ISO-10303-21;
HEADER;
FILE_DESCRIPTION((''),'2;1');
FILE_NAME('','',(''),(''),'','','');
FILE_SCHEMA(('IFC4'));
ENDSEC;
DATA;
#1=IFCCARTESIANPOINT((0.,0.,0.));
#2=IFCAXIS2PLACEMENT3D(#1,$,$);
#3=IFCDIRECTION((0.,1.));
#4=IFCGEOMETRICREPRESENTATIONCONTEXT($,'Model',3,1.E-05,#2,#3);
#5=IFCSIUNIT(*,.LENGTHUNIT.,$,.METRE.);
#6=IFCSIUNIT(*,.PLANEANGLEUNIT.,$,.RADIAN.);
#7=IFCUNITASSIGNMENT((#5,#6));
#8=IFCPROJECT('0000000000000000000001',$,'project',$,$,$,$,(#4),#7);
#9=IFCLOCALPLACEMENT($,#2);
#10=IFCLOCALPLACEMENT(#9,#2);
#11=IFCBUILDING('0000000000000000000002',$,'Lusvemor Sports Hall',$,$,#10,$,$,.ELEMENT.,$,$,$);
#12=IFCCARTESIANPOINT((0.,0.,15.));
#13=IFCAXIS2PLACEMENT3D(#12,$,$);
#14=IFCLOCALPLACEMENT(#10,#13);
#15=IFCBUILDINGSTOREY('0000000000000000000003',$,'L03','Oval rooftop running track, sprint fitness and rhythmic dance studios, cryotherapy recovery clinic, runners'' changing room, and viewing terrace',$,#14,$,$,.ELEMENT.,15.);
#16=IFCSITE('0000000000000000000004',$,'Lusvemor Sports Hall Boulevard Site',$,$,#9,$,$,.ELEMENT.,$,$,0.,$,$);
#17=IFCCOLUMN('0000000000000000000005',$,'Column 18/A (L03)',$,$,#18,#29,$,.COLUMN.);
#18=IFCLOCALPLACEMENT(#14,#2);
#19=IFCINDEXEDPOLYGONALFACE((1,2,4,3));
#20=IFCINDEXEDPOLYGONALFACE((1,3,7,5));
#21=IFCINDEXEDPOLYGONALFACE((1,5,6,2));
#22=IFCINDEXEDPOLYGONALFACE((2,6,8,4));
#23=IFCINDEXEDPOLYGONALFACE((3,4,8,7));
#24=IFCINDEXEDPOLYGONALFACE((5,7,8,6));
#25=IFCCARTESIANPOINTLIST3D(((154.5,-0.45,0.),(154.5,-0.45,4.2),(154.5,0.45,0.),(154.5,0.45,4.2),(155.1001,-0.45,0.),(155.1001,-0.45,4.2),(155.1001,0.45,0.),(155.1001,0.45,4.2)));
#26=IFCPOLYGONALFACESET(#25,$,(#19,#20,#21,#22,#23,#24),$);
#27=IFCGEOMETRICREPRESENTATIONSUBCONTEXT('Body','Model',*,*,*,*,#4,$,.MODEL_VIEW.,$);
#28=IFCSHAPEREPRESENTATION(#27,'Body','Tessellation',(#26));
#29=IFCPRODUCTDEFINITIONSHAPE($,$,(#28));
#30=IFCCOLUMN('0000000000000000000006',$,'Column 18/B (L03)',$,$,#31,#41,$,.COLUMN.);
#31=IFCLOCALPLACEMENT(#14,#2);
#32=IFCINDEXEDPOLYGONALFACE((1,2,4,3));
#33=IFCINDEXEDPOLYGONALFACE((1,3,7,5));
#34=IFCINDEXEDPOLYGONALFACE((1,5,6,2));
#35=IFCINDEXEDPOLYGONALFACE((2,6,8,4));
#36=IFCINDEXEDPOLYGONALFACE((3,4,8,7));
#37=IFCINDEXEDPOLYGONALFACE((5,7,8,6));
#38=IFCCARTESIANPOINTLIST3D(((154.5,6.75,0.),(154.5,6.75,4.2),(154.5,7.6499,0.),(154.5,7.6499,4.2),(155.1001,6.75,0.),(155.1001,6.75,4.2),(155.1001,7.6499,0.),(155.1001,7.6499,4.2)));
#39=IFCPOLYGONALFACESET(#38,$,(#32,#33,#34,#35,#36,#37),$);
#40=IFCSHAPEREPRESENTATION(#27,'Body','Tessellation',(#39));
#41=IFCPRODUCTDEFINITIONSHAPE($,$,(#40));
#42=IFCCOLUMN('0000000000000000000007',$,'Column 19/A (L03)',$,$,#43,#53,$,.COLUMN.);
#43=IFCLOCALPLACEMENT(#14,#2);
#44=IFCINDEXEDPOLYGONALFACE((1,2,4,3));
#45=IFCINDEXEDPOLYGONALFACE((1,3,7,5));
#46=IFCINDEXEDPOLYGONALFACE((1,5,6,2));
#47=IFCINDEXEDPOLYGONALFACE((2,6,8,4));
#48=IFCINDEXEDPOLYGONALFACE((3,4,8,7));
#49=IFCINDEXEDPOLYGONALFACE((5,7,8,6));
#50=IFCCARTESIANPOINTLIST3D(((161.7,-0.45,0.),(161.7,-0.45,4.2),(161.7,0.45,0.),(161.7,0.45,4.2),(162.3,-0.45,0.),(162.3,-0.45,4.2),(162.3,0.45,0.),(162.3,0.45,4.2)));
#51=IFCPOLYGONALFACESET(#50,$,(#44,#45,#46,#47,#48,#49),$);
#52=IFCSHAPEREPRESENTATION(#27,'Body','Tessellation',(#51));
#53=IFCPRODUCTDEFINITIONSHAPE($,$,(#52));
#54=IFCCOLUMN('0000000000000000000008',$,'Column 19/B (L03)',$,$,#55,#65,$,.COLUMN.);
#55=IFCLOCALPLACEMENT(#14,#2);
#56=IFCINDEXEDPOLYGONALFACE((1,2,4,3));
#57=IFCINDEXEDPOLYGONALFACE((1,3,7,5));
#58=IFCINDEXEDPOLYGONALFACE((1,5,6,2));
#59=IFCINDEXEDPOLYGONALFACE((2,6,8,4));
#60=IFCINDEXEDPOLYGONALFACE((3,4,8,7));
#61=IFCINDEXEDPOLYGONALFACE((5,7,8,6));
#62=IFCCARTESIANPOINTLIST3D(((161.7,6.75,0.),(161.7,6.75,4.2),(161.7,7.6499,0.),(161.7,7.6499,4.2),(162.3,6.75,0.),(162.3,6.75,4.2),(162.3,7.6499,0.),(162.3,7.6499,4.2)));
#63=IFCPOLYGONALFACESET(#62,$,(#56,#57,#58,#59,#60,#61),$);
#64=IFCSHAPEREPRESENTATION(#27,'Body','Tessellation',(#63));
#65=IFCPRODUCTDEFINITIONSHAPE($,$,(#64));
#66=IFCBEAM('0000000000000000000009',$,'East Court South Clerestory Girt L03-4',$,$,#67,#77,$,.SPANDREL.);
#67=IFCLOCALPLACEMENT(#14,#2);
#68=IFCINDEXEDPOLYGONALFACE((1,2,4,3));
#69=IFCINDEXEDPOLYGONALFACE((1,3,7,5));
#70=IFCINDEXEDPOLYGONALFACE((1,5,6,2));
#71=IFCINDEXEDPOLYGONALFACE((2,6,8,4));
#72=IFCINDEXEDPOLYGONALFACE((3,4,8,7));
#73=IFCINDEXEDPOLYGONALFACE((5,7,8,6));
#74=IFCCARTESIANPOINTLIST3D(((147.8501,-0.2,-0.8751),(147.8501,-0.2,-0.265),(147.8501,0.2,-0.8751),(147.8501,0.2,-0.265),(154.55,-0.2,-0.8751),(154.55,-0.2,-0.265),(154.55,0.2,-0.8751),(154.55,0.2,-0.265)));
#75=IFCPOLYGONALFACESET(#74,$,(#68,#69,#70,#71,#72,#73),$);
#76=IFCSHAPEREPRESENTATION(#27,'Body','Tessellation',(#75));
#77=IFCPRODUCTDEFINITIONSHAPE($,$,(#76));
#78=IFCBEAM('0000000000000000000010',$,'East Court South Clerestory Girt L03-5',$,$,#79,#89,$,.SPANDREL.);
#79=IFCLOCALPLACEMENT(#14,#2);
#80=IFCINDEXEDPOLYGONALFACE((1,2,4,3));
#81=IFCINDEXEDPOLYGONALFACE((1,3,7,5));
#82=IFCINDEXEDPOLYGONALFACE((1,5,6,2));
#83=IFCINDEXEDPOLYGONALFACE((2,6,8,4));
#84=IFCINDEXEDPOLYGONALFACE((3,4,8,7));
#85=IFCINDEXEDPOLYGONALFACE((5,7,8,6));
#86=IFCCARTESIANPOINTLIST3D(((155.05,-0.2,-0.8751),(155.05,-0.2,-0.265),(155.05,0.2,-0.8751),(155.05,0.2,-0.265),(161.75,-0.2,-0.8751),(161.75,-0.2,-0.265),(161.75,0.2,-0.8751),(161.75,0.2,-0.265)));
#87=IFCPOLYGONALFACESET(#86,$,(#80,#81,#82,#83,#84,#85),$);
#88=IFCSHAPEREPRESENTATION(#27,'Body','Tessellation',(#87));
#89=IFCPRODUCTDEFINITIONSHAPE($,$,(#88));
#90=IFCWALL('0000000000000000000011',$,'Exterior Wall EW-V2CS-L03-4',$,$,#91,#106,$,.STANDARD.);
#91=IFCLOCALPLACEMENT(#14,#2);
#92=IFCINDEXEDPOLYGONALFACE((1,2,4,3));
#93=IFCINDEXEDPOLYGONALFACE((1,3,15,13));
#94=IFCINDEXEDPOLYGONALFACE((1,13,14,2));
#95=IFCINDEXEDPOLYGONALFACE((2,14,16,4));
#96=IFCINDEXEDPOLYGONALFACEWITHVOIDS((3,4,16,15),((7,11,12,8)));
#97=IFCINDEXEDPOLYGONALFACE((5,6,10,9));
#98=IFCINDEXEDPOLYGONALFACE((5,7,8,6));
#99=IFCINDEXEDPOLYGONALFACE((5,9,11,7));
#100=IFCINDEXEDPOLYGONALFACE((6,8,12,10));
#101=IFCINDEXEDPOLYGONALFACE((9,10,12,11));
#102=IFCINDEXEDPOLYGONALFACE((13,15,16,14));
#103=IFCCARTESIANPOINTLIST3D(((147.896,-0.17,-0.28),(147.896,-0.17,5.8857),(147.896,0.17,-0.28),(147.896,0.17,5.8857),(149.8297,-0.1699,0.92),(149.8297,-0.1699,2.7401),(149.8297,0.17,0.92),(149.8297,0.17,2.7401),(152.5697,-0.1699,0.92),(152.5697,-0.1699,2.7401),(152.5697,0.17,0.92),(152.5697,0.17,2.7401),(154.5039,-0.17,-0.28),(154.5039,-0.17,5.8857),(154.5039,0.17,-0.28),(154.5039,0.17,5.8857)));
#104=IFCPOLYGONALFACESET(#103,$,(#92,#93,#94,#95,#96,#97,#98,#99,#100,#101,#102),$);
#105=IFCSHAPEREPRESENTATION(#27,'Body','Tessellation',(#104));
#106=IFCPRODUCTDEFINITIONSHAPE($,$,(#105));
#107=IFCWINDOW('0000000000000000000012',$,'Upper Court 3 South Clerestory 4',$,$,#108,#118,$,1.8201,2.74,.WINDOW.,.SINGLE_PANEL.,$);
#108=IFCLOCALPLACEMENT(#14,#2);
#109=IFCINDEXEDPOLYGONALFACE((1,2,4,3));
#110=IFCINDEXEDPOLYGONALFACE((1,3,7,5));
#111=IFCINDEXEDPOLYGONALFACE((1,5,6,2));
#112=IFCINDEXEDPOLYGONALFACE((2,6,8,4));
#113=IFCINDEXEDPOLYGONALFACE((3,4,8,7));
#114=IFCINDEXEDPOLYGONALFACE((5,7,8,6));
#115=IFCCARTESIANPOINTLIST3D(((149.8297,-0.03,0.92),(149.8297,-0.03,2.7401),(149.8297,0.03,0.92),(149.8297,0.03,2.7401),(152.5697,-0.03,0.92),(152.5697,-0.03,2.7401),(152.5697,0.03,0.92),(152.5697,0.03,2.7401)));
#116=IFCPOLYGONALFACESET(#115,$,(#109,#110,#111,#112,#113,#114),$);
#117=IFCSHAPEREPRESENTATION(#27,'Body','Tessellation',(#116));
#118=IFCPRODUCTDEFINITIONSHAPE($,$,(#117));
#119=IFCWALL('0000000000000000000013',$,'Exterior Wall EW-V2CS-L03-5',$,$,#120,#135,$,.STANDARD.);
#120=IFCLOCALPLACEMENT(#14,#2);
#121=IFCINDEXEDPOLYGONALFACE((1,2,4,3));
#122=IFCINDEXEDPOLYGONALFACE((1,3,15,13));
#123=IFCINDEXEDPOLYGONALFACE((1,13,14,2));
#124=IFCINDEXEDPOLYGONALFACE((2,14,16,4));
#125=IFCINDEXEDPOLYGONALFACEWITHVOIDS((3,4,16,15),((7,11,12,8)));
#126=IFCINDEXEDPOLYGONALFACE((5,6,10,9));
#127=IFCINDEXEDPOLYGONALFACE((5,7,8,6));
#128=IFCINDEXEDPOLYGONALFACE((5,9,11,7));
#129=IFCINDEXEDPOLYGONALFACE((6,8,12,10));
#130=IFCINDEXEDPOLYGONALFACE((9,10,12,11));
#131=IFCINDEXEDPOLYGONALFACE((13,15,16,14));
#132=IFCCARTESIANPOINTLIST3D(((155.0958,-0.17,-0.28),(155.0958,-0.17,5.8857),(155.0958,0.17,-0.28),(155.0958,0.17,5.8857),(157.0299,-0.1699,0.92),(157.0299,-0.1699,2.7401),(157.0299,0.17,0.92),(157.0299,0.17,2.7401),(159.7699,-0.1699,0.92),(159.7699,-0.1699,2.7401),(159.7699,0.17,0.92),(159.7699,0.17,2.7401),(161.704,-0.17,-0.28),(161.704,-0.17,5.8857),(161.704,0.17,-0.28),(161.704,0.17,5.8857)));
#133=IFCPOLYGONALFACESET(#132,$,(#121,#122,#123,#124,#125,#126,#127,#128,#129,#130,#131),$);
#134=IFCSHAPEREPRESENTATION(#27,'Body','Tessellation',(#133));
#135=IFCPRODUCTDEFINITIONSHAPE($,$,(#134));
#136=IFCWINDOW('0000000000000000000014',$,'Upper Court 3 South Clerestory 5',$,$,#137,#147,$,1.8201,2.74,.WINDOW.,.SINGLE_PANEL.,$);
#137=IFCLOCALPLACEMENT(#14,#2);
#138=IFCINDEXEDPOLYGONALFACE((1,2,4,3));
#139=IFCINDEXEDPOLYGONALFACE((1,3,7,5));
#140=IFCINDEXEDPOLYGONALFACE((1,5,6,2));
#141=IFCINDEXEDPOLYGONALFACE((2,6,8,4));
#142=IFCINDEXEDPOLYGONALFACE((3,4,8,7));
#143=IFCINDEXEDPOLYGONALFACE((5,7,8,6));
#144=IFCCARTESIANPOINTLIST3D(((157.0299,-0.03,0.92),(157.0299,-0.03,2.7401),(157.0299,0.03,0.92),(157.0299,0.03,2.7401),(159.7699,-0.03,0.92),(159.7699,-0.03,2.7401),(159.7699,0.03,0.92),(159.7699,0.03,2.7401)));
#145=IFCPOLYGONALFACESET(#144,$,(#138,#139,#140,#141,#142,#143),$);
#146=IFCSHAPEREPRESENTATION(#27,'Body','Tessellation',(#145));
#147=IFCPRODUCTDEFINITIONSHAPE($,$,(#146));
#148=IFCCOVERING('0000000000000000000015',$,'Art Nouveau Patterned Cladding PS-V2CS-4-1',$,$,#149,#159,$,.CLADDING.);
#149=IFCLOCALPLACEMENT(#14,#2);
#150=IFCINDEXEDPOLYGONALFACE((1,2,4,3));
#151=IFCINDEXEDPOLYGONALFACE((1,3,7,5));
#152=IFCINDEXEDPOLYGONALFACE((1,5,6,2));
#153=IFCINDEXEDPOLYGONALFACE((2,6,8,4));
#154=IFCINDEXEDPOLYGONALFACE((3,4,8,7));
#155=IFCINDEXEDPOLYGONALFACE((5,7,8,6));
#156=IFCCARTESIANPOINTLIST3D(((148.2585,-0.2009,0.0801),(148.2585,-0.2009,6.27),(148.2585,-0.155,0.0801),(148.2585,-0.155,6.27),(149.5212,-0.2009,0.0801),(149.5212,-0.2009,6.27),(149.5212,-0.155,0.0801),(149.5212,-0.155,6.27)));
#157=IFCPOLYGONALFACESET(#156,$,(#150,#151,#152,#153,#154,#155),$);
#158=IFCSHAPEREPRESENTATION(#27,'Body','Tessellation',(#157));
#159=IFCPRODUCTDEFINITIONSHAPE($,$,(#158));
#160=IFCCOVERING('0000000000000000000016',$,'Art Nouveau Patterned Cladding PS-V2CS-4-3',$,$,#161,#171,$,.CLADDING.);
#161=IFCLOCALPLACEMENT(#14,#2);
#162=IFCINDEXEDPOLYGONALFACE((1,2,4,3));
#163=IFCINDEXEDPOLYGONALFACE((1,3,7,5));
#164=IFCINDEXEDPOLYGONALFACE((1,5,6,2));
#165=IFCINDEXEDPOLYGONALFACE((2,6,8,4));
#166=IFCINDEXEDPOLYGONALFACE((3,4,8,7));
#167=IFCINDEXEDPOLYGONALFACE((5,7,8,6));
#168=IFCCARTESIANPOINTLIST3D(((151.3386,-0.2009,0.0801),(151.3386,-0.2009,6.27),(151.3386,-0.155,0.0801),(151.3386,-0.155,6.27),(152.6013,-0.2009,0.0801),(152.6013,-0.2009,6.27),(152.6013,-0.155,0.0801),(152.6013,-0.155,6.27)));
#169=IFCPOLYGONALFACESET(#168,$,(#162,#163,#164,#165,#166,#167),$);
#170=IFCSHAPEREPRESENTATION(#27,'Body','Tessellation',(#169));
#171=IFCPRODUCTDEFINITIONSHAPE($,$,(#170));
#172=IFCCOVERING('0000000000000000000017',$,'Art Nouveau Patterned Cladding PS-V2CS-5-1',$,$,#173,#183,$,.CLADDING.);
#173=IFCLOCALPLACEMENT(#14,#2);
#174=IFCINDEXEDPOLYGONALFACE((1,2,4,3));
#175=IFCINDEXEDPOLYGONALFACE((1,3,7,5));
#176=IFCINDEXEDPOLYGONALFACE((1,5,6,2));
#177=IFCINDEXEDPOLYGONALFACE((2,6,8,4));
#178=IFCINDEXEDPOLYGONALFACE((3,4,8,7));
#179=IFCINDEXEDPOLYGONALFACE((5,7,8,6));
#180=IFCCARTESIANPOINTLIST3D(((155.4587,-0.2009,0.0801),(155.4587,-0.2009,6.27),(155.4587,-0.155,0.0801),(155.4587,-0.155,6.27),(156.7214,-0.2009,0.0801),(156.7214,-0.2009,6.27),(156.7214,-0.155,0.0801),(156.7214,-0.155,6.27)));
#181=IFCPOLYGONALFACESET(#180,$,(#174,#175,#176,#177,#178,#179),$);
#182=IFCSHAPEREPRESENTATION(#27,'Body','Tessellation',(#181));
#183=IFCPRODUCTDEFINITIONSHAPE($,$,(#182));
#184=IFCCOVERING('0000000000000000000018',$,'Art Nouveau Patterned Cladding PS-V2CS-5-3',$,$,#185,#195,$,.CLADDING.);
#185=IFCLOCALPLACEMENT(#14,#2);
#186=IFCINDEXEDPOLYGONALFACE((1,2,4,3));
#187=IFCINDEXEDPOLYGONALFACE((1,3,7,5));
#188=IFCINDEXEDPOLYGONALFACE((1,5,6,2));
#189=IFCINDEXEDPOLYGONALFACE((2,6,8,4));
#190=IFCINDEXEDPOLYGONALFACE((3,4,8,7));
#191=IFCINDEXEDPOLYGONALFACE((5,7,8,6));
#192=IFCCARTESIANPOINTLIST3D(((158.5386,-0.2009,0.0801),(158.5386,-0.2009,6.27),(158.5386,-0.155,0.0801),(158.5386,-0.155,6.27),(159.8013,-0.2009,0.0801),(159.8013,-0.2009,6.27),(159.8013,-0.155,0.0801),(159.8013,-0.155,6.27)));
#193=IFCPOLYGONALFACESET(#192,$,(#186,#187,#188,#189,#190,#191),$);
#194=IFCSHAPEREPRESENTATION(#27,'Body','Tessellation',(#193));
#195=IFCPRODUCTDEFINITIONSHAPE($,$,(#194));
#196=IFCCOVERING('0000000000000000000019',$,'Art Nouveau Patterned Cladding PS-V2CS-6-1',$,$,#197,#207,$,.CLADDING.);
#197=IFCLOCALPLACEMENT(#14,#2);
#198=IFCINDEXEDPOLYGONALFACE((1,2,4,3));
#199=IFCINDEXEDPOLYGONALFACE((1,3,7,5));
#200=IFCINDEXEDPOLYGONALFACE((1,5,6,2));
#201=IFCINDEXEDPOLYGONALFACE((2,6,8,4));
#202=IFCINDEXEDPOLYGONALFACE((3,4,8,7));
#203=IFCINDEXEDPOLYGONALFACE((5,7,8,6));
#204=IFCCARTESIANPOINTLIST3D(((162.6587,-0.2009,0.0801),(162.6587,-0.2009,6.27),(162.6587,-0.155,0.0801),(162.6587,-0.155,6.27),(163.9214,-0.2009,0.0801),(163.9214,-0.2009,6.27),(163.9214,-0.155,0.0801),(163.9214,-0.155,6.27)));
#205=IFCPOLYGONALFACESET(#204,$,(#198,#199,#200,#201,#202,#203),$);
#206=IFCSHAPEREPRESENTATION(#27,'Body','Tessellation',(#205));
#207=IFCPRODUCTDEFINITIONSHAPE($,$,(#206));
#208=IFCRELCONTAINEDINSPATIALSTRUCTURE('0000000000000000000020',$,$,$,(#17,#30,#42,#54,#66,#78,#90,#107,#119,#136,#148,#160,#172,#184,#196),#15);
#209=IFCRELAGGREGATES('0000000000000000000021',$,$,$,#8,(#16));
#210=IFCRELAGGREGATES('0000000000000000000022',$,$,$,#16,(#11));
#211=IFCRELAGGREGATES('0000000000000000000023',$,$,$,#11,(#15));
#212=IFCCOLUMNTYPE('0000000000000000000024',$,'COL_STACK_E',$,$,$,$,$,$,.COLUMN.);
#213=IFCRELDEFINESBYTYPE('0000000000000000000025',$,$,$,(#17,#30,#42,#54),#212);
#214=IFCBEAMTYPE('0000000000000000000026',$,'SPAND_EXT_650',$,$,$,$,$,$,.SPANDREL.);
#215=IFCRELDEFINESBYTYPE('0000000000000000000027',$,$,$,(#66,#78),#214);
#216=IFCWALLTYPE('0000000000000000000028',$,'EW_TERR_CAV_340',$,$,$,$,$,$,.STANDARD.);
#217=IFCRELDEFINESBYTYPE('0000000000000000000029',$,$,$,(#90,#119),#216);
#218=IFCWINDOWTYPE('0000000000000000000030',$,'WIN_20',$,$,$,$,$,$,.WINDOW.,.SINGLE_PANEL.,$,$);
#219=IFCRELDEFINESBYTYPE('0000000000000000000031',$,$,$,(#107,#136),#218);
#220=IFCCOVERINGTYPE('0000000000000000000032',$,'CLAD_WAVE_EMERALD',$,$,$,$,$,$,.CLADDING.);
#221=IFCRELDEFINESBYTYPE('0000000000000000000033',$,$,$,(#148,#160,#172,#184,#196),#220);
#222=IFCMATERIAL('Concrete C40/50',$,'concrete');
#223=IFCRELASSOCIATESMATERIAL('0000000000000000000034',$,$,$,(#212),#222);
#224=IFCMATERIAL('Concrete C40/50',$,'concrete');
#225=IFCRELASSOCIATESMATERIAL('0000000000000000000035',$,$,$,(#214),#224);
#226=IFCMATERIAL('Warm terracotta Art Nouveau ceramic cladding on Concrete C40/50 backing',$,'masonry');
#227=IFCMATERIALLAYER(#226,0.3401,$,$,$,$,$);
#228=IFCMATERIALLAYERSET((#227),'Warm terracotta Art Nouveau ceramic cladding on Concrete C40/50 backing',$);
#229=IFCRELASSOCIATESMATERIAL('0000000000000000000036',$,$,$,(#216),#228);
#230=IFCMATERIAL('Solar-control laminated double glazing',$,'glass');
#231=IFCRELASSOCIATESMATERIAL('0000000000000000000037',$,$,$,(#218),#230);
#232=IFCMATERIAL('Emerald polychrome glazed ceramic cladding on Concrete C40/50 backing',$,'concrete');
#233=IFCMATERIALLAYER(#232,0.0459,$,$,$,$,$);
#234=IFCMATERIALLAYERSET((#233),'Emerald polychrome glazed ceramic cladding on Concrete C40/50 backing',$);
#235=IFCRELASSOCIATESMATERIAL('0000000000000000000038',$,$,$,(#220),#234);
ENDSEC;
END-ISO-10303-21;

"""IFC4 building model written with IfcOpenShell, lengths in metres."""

from ifc_helpers import new_model, si_unit, direction, frame, frame_2d, origin, origin_2d, place, context, subcontext, project, spatial, rectangle, extrude, material, layer, layer_set, material_profile, profile_set, type_object, element, fill, save


model = new_model("IFC4")

# Units and contexts
model_context = context("Model", 3, precision=1e-05, world=origin(), true_north=direction((0.0, 1.0)))
body_context = subcontext(model_context, "Body", "Model", "MODEL_VIEW")
ifc_project = project(units=[si_unit("LENGTHUNIT", "METRE"), si_unit("PLANEANGLEUNIT", "RADIAN")], contexts=[model_context])

# Site, building, storey
site_placement = place(None, origin())
site = spatial("IfcSite", under=ifc_project, at=site_placement, Name="Lusvemor Sports Hall Boulevard Site", CompositionType="ELEMENT", RefElevation=0.0)
building_placement = place(site_placement, origin())
building = spatial("IfcBuilding", under=site, at=building_placement, Name="Lusvemor Sports Hall", CompositionType="ELEMENT")
storey_placement = place(building_placement, frame((0.0, 0.0, 15.0)))
storey = spatial("IfcBuildingStorey", under=building, at=storey_placement, Name="L03", Description="Oval rooftop running track, sprint fitness and rhythmic dance studios, cryotherapy recovery clinic, runners' changing room, and viewing terrace", CompositionType="ELEMENT", Elevation=15.0)

# Columns
ifc_material_1 = material(Name="Concrete C40/50", Category="concrete")
ifc_material_profile_1 = material_profile(ifc_material_1, rectangle(XDim=0.6001, YDim=0.8999, at=origin_2d()), Name="RC600x900")
ifc_profile_set_1 = profile_set([ifc_material_profile_1], Name="Concrete C40/50")
column_type = type_object("IfcColumnType", Name="COL_STACK_E", PredefinedType="COLUMN", material=ifc_profile_set_1)
for number, where, z_axis, x_axis, name in (
    (1, (154.8, 0.0, 0.0), (0.0, 0.0, 1.0), (1.0, 0.0, 0.0), "Column 18/A (L03)"),
    (2, (154.8, 7.2, 0.0), (0.0, 0.0, 1.0), (1.0, 0.0, 0.0), "Column 18/B (L03)"),
    (3, (162.0, 0.0, 0.0), (0.0, 0.0, 1.0), (1.0, 0.0, 0.0), "Column 19/A (L03)"),
    (4, (162.0, 7.2, 0.0), (0.0, 0.0, 1.0), (1.0, 0.0, 0.0), "Column 19/B (L03)"),
):
    element("IfcColumn", number, at=place(storey_placement, frame(where, z_axis=z_axis, x_axis=x_axis)), inside=storey, type_object=column_type, Name=name, PredefinedType="COLUMN", context=body_context, shape_type="SweptSolid", body=[
        extrude(rectangle(XDim=0.6001, YDim=0.8999, at=origin_2d()), origin(), (0.0, 0.0, 1.0), 4.2),
    ])

# Beams
ifc_material_2 = material(Name="Concrete C40/50", Category="concrete")
ifc_material_profile_2 = material_profile(ifc_material_2, rectangle(XDim=0.3999, YDim=0.6101, at=origin_2d()), Name="RC400x610")
ifc_profile_set_2 = profile_set([ifc_material_profile_2], Name="Concrete C40/50")
beam_type = type_object("IfcBeamType", Name="SPAND_EXT_650", PredefinedType="SPANDREL", material=ifc_profile_set_2)
for number, where, z_axis, x_axis, name in (
    (5, (147.8501, 0.0, -0.5701), (1.0, 0.0, 0.0), (0.0, 1.0, 0.0), "East Court South Clerestory Girt L03-4"),
    (6, (155.05, 0.0, -0.5701), (1.0, 0.0, 0.0), (0.0, 1.0, 0.0), "East Court South Clerestory Girt L03-5"),
):
    element("IfcBeam", number, at=place(storey_placement, frame(where, z_axis=z_axis, x_axis=x_axis)), inside=storey, type_object=beam_type, Name=name, PredefinedType="SPANDREL", context=body_context, shape_type="SweptSolid", body=[
        extrude(rectangle(XDim=0.3999, YDim=0.6101, at=origin_2d()), origin(), (0.0, 0.0, 1.0), 6.7),
    ])

# Walls, openings, windows
ifc_material_3 = material(Name="Warm terracotta Art Nouveau ceramic cladding on Concrete C40/50 backing", Category="masonry")
ifc_layer_1 = layer(ifc_material_3, 0.3401)
ifc_layer_set_1 = layer_set([ifc_layer_1], Name="Warm terracotta Art Nouveau ceramic cladding on Concrete C40/50 backing")
wall_type = type_object("IfcWallType", Name="EW_TERR_CAV_340", PredefinedType="STANDARD", material=ifc_layer_set_1)
wall_1_placement = place(storey_placement, frame((154.5039, 0.0, -0.28), z_axis=(0.0, 0.0, 1.0), x_axis=(-1.0, 0.0, 0.0)))
wall_1 = element("IfcWall", 7, at=wall_1_placement, inside=storey, type_object=wall_type, Name="Exterior Wall EW-V2CS-L03-4", PredefinedType="STANDARD", context=body_context, shape_type="SweptSolid", body=[
    extrude(rectangle(XDim=6.6079, YDim=0.3401, at=frame_2d((3.304, 0.0))), origin(), (0.0, 0.0, 1.0), 6.1658),
])
opening_1_placement = place(wall_1_placement, frame((1.9341, 0.0, 1.2)))
opening_1 = element("IfcOpeningElement", 8, at=opening_1_placement, cuts=wall_1, PredefinedType="OPENING", context=body_context, shape_type="SweptSolid", body=[
    extrude(rectangle(XDim=2.74, YDim=1.8201, at=frame_2d((1.3701, 0.9102))), frame((0.0, 0.1699, 0.0), z_axis=(0.0, -1.0, 0.0), x_axis=(1.0, 0.0, 0.0)), (0.0, 0.0, 1.0), 0.3401),
])
ifc_material_4 = material(Name="Solar-control laminated double glazing", Category="glass")
window_type = type_object("IfcWindowType", Name="WIN_20", PartitioningType="SINGLE_PANEL", PredefinedType="WINDOW", material=ifc_material_4)
window_1_placement = place(opening_1_placement, origin())
window_1 = element("IfcWindow", 9, at=window_1_placement, inside=storey, type_object=window_type, Name="Upper Court 3 South Clerestory 4", OverallHeight=1.8201, OverallWidth=2.74, PartitioningType="SINGLE_PANEL", PredefinedType="WINDOW", context=body_context, shape_type="SweptSolid", body=[
    extrude(rectangle(XDim=2.74, YDim=1.8201, at=frame_2d((1.3701, 0.9102))), frame((0.0, 0.03, 0.0), z_axis=(0.0, -1.0, 0.0), x_axis=(1.0, 0.0, 0.0)), (0.0, 0.0, 1.0), 0.0601),
])
fill(opening_1, window_1)
wall_2_placement = place(storey_placement, frame((161.7041, 0.0, -0.28), z_axis=(0.0, 0.0, 1.0), x_axis=(-1.0, 0.0, 0.0)))
wall_2 = element("IfcWall", 10, at=wall_2_placement, inside=storey, type_object=wall_type, Name="Exterior Wall EW-V2CS-L03-5", PredefinedType="STANDARD", context=body_context, shape_type="SweptSolid", body=[
    extrude(rectangle(XDim=6.6082, YDim=0.3401, at=frame_2d((3.3042, 0.0))), origin(), (0.0, 0.0, 1.0), 6.1658),
])
opening_2_placement = place(wall_2_placement, frame((1.9341, 0.0, 1.2)))
opening_2 = element("IfcOpeningElement", 11, at=opening_2_placement, cuts=wall_2, PredefinedType="OPENING", context=body_context, shape_type="SweptSolid", body=[
    extrude(rectangle(XDim=2.74, YDim=1.8201, at=frame_2d((1.3701, 0.9102))), frame((0.0, 0.1699, 0.0), z_axis=(0.0, -1.0, 0.0), x_axis=(1.0, 0.0, 0.0)), (0.0, 0.0, 1.0), 0.3401),
])
window_2_placement = place(opening_2_placement, origin())
window_2 = element("IfcWindow", 12, at=window_2_placement, inside=storey, type_object=window_type, Name="Upper Court 3 South Clerestory 5", OverallHeight=1.8201, OverallWidth=2.74, PartitioningType="SINGLE_PANEL", PredefinedType="WINDOW", context=body_context, shape_type="SweptSolid", body=[
    extrude(rectangle(XDim=2.74, YDim=1.8201, at=frame_2d((1.3701, 0.9102))), frame((0.0, 0.03, 0.0), z_axis=(0.0, -1.0, 0.0), x_axis=(1.0, 0.0, 0.0)), (0.0, 0.0, 1.0), 0.0601),
])
fill(opening_2, window_2)

# Coverings
ifc_material_5 = material(Name="Emerald polychrome glazed ceramic cladding on Concrete C40/50 backing", Category="concrete")
ifc_layer_2 = layer(ifc_material_5, 0.0459)
ifc_layer_set_2 = layer_set([ifc_layer_2], Name="Emerald polychrome glazed ceramic cladding on Concrete C40/50 backing")
covering_type_1 = type_object("IfcCoveringType", Name="CLAD_WAVE_EMERALD", PredefinedType="CLADDING", material=ifc_layer_set_2)
for number, where, z_axis, x_axis, name in (
    (13, (148.8899, -0.178, 0.0801), (0.0, 0.0, 1.0), (1.0, 0.0, 0.0), "Art Nouveau Patterned Cladding PS-V2CS-4-1"),
    (14, (151.97, -0.178, 0.0801), (0.0, 0.0, 1.0), (1.0, 0.0, 0.0), "Art Nouveau Patterned Cladding PS-V2CS-4-3"),
    (15, (156.0901, -0.178, 0.0801), (0.0, 0.0, 1.0), (1.0, 0.0, 0.0), "Art Nouveau Patterned Cladding PS-V2CS-5-1"),
    (16, (159.1699, -0.178, 0.0801), (0.0, 0.0, 1.0), (1.0, 0.0, 0.0), "Art Nouveau Patterned Cladding PS-V2CS-5-3"),
    (17, (163.29, -0.178, 0.0801), (0.0, 0.0, 1.0), (1.0, 0.0, 0.0), "Art Nouveau Patterned Cladding PS-V2CS-6-1"),
):
    element("IfcCovering", number, at=place(storey_placement, frame(where, z_axis=z_axis, x_axis=x_axis)), inside=storey, type_object=covering_type_1, Name=name, PredefinedType="CLADDING", context=body_context, shape_type="SweptSolid", body=[
        extrude(rectangle(XDim=1.2627, YDim=0.0459, at=origin_2d()), origin(), (0.0, 0.0, 1.0), 6.1899),
    ])

save(model, "model.ifc")
